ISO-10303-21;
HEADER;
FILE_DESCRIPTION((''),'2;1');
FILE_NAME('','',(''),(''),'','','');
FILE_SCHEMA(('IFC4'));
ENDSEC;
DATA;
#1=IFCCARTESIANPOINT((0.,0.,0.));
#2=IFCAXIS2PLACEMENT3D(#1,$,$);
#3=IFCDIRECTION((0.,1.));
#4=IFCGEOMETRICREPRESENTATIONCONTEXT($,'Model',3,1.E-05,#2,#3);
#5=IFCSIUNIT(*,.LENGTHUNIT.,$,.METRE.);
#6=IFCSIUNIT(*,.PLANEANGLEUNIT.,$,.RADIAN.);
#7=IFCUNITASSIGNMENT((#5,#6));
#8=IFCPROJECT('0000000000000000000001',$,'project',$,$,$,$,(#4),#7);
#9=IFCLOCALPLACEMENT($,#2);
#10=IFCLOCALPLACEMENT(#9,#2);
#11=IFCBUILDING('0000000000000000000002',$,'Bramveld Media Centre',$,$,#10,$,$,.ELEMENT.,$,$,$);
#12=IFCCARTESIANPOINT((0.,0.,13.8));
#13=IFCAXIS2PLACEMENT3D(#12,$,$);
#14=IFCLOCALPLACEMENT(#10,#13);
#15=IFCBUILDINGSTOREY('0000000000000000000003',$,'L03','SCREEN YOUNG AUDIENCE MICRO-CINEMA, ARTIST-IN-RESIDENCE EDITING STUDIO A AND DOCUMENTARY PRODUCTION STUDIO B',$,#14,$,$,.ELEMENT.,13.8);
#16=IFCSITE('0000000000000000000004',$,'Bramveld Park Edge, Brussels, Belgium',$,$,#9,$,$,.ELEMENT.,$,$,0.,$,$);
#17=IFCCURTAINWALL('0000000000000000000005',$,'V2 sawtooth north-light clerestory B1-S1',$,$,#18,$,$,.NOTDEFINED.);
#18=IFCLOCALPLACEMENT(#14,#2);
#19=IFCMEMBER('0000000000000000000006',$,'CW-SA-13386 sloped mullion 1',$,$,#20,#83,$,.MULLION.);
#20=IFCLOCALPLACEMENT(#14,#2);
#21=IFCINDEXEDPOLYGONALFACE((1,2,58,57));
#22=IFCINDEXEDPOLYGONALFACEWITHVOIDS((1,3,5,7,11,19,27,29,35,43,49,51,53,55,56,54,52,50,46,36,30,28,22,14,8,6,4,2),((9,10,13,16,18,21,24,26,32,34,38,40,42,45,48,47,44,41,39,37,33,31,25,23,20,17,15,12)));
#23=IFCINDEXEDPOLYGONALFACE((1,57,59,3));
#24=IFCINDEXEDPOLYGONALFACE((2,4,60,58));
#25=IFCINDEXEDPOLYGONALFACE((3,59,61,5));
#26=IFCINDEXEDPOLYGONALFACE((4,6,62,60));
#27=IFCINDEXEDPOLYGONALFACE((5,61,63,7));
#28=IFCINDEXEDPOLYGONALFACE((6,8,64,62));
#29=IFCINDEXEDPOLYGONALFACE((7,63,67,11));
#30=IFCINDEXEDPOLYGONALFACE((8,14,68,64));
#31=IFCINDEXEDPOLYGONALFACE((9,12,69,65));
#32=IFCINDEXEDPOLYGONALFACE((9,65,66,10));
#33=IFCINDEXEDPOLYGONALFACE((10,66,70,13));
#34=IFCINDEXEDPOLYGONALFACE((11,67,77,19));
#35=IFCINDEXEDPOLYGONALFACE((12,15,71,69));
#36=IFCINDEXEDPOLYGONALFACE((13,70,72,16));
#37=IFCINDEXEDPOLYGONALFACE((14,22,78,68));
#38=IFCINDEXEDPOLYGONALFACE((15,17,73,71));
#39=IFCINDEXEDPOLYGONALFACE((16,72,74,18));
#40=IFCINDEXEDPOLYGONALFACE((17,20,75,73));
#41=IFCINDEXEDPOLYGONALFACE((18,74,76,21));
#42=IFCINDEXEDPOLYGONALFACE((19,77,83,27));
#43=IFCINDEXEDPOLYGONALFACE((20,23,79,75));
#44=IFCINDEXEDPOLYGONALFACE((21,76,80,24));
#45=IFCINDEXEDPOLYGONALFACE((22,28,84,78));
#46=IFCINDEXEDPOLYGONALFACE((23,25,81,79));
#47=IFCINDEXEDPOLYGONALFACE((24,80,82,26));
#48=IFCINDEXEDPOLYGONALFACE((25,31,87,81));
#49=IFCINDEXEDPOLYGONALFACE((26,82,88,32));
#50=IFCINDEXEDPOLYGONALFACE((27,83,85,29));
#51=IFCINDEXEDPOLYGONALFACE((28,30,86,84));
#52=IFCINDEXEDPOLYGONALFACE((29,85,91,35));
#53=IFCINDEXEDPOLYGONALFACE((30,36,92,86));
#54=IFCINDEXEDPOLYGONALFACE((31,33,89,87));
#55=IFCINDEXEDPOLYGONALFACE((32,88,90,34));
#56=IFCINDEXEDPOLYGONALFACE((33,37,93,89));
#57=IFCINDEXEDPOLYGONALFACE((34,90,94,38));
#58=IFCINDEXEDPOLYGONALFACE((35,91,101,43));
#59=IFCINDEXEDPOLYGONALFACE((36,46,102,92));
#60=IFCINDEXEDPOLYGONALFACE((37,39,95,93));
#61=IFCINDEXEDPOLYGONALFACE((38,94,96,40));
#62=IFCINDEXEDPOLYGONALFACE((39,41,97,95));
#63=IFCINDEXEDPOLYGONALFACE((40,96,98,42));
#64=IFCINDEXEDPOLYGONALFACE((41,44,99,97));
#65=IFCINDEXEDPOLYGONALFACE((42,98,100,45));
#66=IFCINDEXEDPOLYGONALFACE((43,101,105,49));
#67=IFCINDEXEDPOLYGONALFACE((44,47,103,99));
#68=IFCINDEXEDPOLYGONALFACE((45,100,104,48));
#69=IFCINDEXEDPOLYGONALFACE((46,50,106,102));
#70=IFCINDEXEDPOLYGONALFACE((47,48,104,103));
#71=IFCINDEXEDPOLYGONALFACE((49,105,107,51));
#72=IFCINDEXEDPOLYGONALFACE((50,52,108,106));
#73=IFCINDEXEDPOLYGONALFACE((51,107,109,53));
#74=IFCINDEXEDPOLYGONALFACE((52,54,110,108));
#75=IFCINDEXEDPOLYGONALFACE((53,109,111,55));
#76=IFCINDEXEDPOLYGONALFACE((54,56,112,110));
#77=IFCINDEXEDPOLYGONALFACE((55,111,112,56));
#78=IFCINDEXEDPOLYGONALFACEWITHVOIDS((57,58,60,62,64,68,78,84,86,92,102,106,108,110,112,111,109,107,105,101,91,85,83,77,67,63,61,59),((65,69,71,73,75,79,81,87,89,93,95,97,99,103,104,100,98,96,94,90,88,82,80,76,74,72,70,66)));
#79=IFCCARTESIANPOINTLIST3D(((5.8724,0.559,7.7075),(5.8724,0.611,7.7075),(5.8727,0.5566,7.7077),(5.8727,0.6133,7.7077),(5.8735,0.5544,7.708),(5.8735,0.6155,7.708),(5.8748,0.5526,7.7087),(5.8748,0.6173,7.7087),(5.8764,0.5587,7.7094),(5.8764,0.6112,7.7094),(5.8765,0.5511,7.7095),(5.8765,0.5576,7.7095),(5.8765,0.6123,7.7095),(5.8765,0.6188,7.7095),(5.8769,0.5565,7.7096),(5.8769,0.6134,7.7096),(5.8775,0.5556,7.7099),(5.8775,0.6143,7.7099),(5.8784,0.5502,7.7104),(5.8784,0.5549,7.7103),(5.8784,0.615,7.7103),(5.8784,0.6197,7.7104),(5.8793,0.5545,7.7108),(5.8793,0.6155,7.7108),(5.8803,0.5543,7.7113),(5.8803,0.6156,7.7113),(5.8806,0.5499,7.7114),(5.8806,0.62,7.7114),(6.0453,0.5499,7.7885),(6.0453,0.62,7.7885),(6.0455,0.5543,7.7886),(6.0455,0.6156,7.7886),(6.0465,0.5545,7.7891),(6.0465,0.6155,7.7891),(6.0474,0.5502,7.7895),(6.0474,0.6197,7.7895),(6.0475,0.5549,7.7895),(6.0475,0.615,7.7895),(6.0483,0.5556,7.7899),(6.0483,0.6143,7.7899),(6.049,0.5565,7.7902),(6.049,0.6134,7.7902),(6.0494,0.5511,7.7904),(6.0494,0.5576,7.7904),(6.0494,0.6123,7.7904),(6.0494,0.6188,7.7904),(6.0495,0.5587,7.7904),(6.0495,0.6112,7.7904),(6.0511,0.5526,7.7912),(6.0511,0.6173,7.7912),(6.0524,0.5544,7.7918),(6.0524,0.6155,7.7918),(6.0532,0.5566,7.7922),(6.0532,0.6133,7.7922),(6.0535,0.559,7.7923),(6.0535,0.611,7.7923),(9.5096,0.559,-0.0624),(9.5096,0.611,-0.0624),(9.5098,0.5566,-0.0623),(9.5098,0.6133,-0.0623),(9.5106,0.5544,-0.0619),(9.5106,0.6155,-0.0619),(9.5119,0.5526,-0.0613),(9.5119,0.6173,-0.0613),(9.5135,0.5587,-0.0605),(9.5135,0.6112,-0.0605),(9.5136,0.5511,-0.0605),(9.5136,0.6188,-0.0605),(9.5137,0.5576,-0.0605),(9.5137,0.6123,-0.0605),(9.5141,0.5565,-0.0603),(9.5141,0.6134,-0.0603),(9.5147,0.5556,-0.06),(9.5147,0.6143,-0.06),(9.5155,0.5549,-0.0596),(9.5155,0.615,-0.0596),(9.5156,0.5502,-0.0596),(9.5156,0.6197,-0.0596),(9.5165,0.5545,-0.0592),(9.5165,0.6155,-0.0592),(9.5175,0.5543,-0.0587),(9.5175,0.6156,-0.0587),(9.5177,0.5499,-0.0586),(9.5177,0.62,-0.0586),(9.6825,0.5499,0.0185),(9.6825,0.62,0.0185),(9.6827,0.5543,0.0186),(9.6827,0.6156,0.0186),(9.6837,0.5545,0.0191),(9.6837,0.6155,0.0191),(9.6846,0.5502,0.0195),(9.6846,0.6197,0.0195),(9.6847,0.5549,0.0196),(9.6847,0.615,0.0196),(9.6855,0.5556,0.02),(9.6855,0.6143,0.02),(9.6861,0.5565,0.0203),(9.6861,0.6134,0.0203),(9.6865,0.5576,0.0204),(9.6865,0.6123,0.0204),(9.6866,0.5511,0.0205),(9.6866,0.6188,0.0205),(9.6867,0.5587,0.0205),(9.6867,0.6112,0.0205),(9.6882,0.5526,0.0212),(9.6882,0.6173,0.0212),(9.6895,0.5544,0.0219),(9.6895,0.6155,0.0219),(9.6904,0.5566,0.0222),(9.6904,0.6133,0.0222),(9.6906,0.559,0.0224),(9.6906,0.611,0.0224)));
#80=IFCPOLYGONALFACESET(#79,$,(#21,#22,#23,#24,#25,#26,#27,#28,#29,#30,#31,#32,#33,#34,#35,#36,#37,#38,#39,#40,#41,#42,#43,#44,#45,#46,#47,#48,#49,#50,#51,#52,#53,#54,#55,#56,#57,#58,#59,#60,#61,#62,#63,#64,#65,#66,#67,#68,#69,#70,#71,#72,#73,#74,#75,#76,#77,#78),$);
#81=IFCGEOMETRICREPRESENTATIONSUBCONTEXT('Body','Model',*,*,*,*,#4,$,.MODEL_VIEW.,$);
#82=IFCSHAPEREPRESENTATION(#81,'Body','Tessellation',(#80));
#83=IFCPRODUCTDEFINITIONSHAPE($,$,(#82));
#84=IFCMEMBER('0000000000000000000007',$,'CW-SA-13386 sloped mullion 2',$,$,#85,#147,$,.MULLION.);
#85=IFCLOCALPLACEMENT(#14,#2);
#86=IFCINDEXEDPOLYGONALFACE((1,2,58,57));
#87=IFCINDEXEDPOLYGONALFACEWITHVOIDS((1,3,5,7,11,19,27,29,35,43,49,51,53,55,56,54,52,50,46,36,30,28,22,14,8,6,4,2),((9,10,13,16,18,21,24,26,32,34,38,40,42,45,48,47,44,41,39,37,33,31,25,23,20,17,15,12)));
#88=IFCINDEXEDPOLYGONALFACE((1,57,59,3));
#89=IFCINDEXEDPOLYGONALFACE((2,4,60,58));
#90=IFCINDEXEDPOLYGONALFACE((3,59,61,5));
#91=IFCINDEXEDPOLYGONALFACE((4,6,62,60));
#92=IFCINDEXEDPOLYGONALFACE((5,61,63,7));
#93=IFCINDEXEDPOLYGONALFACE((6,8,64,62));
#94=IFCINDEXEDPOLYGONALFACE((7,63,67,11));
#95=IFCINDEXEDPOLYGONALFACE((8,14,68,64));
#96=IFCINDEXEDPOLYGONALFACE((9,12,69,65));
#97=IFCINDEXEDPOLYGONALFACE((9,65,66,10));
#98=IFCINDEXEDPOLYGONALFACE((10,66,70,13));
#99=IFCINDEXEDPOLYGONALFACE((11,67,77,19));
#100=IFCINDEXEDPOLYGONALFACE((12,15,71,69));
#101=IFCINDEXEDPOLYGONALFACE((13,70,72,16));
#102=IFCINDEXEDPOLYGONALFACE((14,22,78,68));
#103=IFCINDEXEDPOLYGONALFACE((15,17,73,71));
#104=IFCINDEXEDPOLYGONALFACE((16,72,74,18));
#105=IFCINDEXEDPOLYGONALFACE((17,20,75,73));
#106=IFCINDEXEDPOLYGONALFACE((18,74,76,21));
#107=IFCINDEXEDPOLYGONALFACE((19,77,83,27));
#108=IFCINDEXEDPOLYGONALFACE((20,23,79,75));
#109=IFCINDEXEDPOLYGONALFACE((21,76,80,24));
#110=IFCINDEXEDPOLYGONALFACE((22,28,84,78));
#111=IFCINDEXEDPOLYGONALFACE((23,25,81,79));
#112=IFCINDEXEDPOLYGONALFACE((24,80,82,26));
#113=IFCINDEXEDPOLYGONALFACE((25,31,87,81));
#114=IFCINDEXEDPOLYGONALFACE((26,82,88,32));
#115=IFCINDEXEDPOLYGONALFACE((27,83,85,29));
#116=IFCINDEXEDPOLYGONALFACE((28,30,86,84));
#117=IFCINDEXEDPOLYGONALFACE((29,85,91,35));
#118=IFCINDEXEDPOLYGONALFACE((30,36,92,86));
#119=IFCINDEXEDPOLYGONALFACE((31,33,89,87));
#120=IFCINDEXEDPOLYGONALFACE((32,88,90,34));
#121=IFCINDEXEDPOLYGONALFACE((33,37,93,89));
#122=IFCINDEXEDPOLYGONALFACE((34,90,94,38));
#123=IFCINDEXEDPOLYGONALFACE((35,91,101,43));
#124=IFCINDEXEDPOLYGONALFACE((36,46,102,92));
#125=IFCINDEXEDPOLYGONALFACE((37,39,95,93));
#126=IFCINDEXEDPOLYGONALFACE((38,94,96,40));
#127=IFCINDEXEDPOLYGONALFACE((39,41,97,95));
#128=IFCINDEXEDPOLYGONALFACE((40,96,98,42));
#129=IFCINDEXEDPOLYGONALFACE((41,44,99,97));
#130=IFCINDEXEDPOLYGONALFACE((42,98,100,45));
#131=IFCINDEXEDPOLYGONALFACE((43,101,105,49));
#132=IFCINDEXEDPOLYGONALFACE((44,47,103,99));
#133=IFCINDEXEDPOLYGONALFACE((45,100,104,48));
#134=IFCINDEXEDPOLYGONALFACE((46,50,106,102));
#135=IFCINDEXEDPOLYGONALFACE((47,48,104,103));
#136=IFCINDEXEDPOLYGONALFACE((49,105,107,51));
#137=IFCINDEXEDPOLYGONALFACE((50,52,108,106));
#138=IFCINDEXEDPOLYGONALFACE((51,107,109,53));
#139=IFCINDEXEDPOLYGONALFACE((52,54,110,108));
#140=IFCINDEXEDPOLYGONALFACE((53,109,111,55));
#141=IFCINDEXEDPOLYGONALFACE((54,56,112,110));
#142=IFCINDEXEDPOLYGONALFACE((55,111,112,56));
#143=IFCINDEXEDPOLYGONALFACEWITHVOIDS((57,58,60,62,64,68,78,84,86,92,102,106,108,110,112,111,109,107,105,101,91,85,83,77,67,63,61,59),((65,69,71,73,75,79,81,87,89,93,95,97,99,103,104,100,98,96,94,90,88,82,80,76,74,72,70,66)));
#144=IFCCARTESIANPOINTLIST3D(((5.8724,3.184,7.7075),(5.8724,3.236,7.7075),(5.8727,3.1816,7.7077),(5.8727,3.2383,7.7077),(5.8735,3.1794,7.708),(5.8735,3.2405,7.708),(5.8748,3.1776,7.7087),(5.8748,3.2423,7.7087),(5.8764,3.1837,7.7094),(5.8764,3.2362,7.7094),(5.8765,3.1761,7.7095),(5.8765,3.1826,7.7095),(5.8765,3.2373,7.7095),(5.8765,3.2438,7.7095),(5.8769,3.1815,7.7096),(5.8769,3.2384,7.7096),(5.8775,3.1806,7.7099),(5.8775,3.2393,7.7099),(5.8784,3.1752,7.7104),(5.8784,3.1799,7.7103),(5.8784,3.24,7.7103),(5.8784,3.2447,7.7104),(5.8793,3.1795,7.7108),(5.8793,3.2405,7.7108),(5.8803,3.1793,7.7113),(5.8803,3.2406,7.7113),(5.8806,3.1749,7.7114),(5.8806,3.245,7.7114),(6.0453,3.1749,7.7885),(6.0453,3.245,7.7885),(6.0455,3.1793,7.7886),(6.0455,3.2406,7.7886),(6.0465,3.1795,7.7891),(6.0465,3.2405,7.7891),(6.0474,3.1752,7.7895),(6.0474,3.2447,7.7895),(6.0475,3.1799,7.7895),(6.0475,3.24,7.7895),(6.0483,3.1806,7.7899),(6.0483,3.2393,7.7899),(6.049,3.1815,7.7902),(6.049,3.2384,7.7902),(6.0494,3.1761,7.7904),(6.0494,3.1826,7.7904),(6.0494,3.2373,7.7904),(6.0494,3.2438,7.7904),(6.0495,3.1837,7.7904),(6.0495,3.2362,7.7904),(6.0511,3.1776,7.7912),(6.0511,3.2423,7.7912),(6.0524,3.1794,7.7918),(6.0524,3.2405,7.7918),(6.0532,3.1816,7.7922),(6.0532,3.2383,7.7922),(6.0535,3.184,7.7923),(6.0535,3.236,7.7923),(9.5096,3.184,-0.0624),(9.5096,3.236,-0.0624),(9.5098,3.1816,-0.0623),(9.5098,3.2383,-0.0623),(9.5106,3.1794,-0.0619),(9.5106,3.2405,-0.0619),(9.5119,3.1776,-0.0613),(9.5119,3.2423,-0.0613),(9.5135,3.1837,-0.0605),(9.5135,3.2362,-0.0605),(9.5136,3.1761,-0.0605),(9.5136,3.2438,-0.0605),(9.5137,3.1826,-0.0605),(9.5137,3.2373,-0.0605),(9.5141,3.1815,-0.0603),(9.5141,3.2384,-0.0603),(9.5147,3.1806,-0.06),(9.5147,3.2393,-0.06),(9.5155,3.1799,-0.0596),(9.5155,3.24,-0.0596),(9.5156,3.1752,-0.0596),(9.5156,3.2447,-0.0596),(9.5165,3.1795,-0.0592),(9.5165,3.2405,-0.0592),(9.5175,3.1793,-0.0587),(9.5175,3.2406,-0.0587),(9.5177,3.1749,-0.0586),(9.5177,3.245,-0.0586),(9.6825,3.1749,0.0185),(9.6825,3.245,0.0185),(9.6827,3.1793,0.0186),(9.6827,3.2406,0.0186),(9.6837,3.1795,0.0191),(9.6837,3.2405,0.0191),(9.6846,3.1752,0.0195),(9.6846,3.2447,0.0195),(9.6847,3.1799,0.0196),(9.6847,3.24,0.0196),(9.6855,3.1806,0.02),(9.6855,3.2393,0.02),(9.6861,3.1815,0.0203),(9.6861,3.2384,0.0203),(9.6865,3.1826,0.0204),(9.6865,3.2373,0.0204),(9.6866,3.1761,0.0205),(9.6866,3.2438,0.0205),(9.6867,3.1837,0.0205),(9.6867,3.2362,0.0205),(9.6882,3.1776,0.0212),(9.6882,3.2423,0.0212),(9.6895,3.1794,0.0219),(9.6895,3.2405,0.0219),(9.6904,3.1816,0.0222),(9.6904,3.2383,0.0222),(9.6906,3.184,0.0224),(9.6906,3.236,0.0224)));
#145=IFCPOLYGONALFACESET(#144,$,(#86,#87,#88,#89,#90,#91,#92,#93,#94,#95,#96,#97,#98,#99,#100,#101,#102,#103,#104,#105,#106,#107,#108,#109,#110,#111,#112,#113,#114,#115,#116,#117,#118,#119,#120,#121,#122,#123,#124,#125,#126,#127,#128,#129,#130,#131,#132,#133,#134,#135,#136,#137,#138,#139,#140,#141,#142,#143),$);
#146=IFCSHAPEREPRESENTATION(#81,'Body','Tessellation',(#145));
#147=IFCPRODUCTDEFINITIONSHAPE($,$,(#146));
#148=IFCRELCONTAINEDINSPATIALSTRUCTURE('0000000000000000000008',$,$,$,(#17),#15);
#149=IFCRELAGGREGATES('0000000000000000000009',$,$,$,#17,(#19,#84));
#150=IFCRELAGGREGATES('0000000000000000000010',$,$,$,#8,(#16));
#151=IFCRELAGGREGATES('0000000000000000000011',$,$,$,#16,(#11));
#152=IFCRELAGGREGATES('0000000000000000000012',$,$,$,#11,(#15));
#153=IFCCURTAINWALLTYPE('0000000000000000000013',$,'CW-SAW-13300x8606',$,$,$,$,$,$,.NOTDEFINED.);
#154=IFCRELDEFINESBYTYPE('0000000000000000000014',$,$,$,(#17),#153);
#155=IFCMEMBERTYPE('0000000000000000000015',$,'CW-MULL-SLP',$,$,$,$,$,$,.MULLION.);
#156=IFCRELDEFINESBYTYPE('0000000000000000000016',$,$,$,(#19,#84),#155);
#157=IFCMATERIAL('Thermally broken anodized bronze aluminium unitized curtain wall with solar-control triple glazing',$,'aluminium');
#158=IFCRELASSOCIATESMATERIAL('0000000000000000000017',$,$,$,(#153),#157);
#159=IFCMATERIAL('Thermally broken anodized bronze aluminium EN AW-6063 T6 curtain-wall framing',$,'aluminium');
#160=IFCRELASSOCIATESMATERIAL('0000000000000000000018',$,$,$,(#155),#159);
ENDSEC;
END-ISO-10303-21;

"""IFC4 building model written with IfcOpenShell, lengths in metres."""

from ifc_helpers import new_model, si_unit, direction, frame, origin, origin_2d, place, context, subcontext, project, spatial, hollow_rectangle, extrude, material, material_profile, profile_set, type_object, element, aggregate, save


model = new_model("IFC4")

# Units and contexts
model_context = context("Model", 3, precision=1e-05, world=origin(), true_north=direction((0.0, 1.0)))
body_context = subcontext(model_context, "Body", "Model", "MODEL_VIEW")
ifc_project = project(units=[si_unit("LENGTHUNIT", "METRE"), si_unit("PLANEANGLEUNIT", "RADIAN")], contexts=[model_context])

# Site, building, storey
site_placement = place(None, origin())
site = spatial("IfcSite", under=ifc_project, at=site_placement, Name="Bramveld Park Edge, Brussels, Belgium", CompositionType="ELEMENT", RefElevation=0.0)
building_placement = place(site_placement, origin())
building = spatial("IfcBuilding", under=site, at=building_placement, Name="Bramveld Media Centre", CompositionType="ELEMENT")
storey_placement = place(building_placement, frame((0.0, 0.0, 13.8)))
storey = spatial("IfcBuildingStorey", under=building, at=storey_placement, Name="L03", Description="SCREEN YOUNG AUDIENCE MICRO-CINEMA, ARTIST-IN-RESIDENCE EDITING STUDIO A AND DOCUMENTARY PRODUCTION STUDIO B", CompositionType="ELEMENT", Elevation=13.8)

# Curtain wall, members
ifc_material_1 = material(Name="Thermally broken anodized bronze aluminium unitized curtain wall with solar-control triple glazing", Category="aluminium")
curtain_wall_type = type_object("IfcCurtainWallType", Name="CW-SAW-13300x8606", PredefinedType="NOTDEFINED", material=ifc_material_1)
curtain_wall_1_placement = place(storey_placement, origin())
curtain_wall_1 = element("IfcCurtainWall", 1, at=curtain_wall_1_placement, inside=storey, type_object=curtain_wall_type, Name="V2 sawtooth north-light clerestory B1-S1", PredefinedType="NOTDEFINED")
ifc_material_2 = material(Name="Thermally broken anodized bronze aluminium EN AW-6063 T6 curtain-wall framing", Category="aluminium")
ifc_material_profile_1 = material_profile(ifc_material_2, hollow_rectangle(XDim=0.0701, YDim=0.2, WallThickness=0.0044, InnerFilletRadius=0.0044, OuterFilletRadius=0.009, at=origin_2d()), Name="AL-MULL 70x200")
ifc_profile_set_1 = profile_set([ifc_material_profile_1], Name="Thermally broken anodized bronze aluminium EN AW-6063 T6 curtain-wall framing")
member_type_1 = type_object("IfcMemberType", Name="CW-MULL-SLP", PredefinedType="MULLION", material=ifc_profile_set_1)
member_1_placement = place(storey_placement, frame((9.6001, 0.585, -0.02), z_axis=(-0.423957, 0.0, 0.905682), x_axis=(0.0, -1.0, 0.0)))
member_1 = element("IfcMember", 2, at=member_1_placement, type_object=member_type_1, Name="CW-SA-13386 sloped mullion 1", PredefinedType="MULLION", context=body_context, shape_type="SweptSolid", body=[
    extrude(hollow_rectangle(XDim=0.0701, YDim=0.2, WallThickness=0.0044, InnerFilletRadius=0.0044, OuterFilletRadius=0.009, at=origin_2d()), origin(), (0.0, 0.0, 1.0), 8.5791),
])
member_2_placement = place(storey_placement, frame((9.6001, 3.21, -0.02), z_axis=(-0.423957, 0.0, 0.905682), x_axis=(0.0, -1.0, 0.0)))
member_2 = element("IfcMember", 3, at=member_2_placement, type_object=member_type_1, Name="CW-SA-13386 sloped mullion 2", PredefinedType="MULLION", context=body_context, shape_type="SweptSolid", body=[
    extrude(hollow_rectangle(XDim=0.0701, YDim=0.2, WallThickness=0.0044, InnerFilletRadius=0.0044, OuterFilletRadius=0.009, at=origin_2d()), origin(), (0.0, 0.0, 1.0), 8.5791),
])

aggregate(curtain_wall_1, [member_1, member_2])

save(model, "model.ifc")
